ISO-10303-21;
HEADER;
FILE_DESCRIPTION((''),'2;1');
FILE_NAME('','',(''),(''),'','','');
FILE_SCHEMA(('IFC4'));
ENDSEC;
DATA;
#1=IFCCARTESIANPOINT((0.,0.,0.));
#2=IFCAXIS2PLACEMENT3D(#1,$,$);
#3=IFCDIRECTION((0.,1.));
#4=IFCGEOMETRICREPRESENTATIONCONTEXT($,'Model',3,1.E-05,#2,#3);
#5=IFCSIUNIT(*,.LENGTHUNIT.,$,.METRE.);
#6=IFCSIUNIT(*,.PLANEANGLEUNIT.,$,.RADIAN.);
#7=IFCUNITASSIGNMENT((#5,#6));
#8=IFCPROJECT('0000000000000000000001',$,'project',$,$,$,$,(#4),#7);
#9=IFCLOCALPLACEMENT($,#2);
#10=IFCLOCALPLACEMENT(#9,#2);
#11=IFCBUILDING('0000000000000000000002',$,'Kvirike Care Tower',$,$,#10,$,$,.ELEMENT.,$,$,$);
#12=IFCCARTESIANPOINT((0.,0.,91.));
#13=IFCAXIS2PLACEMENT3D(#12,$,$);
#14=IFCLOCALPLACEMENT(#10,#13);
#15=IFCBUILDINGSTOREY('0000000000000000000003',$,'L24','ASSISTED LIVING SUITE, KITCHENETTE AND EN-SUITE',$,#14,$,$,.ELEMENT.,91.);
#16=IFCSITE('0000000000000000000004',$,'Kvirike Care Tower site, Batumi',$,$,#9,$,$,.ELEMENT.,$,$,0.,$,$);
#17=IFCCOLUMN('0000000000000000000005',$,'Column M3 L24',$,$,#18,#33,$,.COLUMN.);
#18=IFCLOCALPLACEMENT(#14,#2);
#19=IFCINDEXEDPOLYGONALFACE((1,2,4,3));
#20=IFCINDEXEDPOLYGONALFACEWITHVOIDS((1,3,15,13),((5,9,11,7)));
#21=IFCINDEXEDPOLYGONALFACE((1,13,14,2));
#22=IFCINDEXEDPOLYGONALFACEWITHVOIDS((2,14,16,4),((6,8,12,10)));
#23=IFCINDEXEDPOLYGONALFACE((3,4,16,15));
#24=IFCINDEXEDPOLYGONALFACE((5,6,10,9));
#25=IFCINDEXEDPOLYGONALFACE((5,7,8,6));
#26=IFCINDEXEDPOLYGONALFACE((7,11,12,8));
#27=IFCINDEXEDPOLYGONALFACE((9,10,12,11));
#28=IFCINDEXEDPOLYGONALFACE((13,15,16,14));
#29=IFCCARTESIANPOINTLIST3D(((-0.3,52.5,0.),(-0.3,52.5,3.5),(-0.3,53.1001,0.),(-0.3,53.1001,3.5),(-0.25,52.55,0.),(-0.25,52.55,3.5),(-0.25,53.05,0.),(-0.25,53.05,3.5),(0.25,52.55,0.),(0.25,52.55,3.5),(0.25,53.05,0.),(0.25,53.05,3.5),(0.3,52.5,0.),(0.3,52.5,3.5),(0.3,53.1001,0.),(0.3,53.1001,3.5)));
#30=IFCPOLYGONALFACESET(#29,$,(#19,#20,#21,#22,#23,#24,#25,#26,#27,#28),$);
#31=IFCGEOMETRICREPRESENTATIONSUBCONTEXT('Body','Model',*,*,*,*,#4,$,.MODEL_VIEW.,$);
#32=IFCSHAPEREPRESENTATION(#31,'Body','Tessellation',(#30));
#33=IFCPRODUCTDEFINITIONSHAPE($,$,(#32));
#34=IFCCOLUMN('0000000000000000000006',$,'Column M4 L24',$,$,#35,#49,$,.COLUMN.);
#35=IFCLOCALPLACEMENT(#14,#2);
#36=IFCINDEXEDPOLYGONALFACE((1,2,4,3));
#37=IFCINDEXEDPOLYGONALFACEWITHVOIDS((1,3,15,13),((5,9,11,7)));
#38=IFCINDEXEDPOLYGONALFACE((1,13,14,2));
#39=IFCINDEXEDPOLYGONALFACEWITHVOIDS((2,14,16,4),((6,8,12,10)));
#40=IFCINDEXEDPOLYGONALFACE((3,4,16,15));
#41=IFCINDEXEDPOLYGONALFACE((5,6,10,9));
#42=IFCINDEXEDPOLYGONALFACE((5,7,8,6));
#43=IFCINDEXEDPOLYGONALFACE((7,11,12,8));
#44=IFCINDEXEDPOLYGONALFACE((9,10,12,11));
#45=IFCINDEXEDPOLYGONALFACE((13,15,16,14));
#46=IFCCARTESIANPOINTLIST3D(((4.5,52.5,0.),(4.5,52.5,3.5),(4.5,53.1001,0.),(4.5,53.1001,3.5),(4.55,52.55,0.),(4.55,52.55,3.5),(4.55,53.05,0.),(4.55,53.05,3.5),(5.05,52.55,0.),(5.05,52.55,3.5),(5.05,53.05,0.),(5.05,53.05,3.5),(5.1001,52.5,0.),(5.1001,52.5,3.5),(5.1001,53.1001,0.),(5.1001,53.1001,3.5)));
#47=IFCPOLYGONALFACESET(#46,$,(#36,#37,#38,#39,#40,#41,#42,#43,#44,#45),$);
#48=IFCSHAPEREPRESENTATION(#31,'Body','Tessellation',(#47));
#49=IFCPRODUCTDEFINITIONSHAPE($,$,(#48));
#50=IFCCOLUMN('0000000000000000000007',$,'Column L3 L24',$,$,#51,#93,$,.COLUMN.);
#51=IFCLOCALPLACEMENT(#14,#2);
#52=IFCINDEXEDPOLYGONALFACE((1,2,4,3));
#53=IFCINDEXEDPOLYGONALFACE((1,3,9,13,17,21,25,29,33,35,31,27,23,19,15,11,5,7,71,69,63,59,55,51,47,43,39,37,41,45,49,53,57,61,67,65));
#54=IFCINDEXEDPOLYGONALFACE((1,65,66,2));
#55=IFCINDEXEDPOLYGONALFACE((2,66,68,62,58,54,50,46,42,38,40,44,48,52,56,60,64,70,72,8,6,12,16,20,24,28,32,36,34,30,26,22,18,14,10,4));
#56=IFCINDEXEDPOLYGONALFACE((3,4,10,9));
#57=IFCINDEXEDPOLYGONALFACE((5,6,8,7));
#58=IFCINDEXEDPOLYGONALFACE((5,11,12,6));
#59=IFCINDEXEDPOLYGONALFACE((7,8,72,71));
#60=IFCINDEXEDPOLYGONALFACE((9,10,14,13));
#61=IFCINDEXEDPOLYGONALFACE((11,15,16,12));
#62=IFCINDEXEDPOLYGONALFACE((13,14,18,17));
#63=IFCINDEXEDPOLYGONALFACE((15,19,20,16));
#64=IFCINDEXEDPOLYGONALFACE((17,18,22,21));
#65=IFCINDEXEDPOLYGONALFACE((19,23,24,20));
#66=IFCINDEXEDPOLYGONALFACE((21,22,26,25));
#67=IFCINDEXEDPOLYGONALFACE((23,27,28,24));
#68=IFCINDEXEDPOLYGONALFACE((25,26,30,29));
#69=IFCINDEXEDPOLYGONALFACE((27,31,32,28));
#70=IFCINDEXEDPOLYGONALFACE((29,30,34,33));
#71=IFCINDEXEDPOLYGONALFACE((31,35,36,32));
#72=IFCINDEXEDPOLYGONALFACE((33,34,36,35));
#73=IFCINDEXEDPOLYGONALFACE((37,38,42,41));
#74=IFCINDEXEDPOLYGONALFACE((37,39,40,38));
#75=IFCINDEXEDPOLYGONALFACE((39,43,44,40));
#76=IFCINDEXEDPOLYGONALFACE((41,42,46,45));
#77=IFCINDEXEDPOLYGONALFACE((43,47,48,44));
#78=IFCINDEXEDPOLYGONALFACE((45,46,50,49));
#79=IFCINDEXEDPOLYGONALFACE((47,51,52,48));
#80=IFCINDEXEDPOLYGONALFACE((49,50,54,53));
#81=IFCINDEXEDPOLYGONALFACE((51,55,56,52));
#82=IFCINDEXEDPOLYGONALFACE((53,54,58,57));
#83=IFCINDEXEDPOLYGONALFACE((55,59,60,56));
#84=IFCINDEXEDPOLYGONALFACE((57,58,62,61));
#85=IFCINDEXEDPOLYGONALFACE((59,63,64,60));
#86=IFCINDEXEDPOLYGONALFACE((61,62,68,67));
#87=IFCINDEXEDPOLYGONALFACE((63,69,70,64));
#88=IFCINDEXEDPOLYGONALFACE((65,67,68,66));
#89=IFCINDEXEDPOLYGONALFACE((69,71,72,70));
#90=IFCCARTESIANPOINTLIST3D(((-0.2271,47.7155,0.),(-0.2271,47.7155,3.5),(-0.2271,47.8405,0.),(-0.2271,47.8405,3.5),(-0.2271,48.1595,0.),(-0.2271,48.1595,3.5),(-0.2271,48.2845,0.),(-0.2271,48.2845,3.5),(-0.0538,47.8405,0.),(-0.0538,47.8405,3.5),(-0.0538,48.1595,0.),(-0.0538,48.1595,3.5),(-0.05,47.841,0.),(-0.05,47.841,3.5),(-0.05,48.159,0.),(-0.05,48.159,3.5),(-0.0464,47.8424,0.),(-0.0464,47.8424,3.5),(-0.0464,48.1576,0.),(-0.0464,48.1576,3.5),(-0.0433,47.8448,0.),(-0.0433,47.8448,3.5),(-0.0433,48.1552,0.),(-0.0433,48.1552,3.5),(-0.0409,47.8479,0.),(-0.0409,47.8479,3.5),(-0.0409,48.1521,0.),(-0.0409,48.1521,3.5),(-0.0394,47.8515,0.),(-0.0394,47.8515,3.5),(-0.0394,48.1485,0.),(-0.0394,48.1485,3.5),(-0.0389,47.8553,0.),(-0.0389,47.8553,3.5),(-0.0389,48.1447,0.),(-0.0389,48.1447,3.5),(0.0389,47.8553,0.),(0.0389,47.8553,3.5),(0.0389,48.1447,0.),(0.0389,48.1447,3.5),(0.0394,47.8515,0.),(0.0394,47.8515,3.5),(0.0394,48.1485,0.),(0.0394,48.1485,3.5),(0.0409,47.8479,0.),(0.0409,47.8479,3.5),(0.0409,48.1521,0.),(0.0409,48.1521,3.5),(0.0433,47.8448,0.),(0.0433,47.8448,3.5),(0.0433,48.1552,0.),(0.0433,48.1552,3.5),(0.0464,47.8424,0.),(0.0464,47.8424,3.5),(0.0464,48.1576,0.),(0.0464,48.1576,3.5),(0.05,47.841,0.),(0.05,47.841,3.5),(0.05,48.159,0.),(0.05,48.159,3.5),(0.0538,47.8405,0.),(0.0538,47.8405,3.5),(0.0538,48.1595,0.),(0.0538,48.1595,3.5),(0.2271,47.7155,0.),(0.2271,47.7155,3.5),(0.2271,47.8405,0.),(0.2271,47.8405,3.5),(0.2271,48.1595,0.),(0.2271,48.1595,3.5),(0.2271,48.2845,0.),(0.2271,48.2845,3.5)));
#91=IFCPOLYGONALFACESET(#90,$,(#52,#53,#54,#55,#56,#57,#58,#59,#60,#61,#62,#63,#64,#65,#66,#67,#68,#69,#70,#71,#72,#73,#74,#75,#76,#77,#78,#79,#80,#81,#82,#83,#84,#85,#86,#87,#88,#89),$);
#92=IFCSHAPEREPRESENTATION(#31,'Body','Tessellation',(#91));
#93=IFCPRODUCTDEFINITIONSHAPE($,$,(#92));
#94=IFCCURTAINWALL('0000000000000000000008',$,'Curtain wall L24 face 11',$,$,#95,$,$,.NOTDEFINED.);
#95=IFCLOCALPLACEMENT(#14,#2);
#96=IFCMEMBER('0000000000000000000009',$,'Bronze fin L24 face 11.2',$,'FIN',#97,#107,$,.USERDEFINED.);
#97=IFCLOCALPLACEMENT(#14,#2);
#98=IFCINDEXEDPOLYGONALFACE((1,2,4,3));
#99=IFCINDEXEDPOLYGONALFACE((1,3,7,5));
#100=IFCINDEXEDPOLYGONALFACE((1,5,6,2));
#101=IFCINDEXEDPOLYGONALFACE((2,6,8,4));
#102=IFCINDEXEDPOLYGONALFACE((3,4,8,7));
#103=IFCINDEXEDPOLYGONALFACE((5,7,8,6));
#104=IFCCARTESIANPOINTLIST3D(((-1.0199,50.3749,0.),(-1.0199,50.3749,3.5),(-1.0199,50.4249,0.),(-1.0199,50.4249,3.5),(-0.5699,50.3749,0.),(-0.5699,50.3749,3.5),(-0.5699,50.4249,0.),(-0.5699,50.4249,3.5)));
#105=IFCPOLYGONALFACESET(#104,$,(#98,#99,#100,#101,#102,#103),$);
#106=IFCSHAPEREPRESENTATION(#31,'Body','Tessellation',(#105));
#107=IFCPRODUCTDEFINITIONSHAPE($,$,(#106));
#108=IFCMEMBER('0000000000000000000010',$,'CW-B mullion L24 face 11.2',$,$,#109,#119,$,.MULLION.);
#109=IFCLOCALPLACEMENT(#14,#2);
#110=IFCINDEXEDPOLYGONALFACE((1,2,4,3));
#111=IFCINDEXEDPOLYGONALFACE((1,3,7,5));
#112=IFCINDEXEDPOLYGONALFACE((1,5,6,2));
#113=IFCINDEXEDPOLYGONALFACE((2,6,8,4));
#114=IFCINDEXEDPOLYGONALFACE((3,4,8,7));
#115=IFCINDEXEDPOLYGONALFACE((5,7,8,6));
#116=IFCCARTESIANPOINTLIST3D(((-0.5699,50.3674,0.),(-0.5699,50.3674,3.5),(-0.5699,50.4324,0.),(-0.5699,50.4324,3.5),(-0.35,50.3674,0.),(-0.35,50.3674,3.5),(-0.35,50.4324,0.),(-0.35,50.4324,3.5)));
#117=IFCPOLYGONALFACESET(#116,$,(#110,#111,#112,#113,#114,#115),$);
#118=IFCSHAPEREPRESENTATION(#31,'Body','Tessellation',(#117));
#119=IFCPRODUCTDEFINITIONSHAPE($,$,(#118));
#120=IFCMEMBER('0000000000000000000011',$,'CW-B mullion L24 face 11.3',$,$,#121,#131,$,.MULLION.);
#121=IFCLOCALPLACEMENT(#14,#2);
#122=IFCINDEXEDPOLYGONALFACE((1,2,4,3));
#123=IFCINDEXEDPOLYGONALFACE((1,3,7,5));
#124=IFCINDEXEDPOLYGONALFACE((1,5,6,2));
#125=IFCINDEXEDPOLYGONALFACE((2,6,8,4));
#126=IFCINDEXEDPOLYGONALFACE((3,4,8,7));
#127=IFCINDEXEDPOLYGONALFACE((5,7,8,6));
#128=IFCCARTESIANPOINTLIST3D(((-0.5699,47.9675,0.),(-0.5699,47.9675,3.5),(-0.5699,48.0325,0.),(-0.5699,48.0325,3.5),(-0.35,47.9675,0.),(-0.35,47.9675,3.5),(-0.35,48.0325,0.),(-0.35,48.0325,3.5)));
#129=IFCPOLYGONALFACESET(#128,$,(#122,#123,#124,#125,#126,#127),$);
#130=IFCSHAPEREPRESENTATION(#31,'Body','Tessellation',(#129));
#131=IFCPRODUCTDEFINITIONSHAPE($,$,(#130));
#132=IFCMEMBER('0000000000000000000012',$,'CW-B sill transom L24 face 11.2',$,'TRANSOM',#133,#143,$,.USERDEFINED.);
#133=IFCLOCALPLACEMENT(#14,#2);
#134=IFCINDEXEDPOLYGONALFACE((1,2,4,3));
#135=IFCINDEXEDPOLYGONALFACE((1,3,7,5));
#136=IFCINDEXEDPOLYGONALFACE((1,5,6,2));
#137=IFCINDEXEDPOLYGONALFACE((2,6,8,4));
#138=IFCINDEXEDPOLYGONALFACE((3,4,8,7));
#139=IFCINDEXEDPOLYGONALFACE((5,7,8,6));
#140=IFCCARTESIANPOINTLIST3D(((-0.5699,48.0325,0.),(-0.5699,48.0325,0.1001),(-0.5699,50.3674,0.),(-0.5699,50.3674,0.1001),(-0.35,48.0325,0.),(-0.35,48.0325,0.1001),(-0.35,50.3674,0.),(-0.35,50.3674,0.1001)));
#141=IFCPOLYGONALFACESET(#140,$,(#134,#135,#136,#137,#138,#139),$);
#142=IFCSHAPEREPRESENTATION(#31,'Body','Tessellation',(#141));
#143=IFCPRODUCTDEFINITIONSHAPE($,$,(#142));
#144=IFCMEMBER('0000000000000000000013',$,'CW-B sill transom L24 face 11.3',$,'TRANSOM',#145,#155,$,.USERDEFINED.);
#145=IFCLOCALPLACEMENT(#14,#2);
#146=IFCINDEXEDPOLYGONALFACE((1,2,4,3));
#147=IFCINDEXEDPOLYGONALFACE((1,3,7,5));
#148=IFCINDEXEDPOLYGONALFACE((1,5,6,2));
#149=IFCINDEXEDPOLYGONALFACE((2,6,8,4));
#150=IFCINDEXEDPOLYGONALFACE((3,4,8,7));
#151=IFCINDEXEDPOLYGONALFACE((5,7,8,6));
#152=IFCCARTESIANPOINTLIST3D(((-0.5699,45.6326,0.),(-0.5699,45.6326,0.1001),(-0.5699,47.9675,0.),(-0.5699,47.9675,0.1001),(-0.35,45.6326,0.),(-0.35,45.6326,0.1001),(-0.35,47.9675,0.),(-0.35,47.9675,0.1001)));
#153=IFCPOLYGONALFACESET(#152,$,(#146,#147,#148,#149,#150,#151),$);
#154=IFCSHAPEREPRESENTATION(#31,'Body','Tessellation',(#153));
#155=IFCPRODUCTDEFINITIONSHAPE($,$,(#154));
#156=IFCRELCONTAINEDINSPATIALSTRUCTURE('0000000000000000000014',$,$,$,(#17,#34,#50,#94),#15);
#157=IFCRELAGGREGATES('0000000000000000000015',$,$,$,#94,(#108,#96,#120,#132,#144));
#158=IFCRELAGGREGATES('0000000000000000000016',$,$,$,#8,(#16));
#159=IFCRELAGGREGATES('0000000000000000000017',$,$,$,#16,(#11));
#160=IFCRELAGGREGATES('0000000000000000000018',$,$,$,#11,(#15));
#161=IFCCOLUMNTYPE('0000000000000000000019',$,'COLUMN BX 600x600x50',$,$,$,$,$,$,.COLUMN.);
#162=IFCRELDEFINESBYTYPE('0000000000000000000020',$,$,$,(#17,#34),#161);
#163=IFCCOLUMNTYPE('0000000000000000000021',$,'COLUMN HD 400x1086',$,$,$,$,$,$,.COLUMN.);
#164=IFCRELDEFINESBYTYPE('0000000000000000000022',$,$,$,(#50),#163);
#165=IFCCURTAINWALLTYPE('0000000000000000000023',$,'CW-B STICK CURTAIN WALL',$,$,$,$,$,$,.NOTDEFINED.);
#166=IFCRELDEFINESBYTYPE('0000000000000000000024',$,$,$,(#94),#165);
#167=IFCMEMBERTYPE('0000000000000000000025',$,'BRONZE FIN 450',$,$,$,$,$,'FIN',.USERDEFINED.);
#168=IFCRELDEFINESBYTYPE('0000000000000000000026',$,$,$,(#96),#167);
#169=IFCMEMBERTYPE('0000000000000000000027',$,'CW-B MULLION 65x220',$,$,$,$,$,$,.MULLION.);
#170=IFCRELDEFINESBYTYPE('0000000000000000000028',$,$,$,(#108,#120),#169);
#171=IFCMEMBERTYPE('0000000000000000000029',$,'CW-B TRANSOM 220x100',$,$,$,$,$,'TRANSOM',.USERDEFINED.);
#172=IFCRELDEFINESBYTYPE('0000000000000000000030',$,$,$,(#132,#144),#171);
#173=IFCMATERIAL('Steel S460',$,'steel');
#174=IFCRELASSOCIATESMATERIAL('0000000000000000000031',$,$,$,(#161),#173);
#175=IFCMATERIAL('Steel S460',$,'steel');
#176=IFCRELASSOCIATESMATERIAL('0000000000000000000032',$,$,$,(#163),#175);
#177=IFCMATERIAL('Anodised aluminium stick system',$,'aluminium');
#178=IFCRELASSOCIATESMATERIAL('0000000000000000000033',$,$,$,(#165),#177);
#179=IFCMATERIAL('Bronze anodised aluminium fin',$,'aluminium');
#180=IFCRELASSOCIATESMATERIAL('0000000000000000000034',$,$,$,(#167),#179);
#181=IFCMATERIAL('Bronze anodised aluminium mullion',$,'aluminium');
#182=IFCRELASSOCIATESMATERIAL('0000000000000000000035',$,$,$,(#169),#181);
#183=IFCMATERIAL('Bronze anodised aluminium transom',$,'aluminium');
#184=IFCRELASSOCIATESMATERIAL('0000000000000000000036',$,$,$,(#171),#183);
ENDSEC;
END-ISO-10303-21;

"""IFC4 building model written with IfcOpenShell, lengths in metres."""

from ifc_helpers import new_model, si_unit, direction, frame, origin, origin_2d, place, context, subcontext, project, spatial, rectangle, hollow_rectangle, i_section, extrude, material, material_profile, profile_set, type_object, element, aggregate, save


model = new_model("IFC4")

# Units and contexts
model_context = context("Model", 3, precision=1e-05, world=origin(), true_north=direction((0.0, 1.0)))
body_context = subcontext(model_context, "Body", "Model", "MODEL_VIEW")
ifc_project = project(units=[si_unit("LENGTHUNIT", "METRE"), si_unit("PLANEANGLEUNIT", "RADIAN")], contexts=[model_context])

# Site, building, storey
site_placement = place(None, origin())
site = spatial("IfcSite", under=ifc_project, at=site_placement, Name="Kvirike Care Tower site, Batumi", CompositionType="ELEMENT", RefElevation=0.0)
building_placement = place(site_placement, origin())
building = spatial("IfcBuilding", under=site, at=building_placement, Name="Kvirike Care Tower", CompositionType="ELEMENT")
storey_placement = place(building_placement, frame((0.0, 0.0, 91.0)))
storey = spatial("IfcBuildingStorey", under=building, at=storey_placement, Name="L24", Description="ASSISTED LIVING SUITE, KITCHENETTE AND EN-SUITE", CompositionType="ELEMENT", Elevation=91.0)

# Columns
ifc_material_1 = material(Name="Steel S460", Category="steel")
ifc_material_profile_1 = material_profile(ifc_material_1, hollow_rectangle(XDim=0.6001, YDim=0.6001, WallThickness=0.05, at=origin_2d()), Name="BX 600x600x50")
ifc_profile_set_1 = profile_set([ifc_material_profile_1], Name="Steel S460")
column_type_1 = type_object("IfcColumnType", Name="COLUMN BX 600x600x50", PredefinedType="COLUMN", material=ifc_profile_set_1)
for number, where, z_axis, x_axis, name in (
    (1, (0.0, 52.8, 0.0), (0.0, 0.0, 1.0), (0.0, 1.0, 0.0), "Column M3 L24"),
    (2, (4.8, 52.8, 0.0), (0.0, 0.0, 1.0), (0.0, 1.0, 0.0), "Column M4 L24"),
):
    element("IfcColumn", number, at=place(storey_placement, frame(where, z_axis=z_axis, x_axis=x_axis)), inside=storey, type_object=column_type_1, Name=name, PredefinedType="COLUMN", context=body_context, shape_type="SweptSolid", body=[
        extrude(hollow_rectangle(XDim=0.6001, YDim=0.6001, WallThickness=0.05, at=origin_2d()), origin(), (0.0, 0.0, 1.0), 3.5),
    ])
ifc_material_2 = material(Name="Steel S460", Category="steel")
ifc_material_profile_2 = material_profile(ifc_material_2, i_section(OverallWidth=0.4541, OverallDepth=0.5691, WebThickness=0.0779, FlangeThickness=0.125, FilletRadius=0.0149, at=origin_2d()), Name="HD 400x1086")
ifc_profile_set_2 = profile_set([ifc_material_profile_2], Name="Steel S460")
column_type_2 = type_object("IfcColumnType", Name="COLUMN HD 400x1086", PredefinedType="COLUMN", material=ifc_profile_set_2)
column_placement = place(storey_placement, frame((0.0, 48.0, 0.0), z_axis=(0.0, 0.0, 1.0), x_axis=(1.0, 0.0, 0.0)))
element("IfcColumn", 3, at=column_placement, inside=storey, type_object=column_type_2, Name="Column L3 L24", PredefinedType="COLUMN", context=body_context, shape_type="SweptSolid", body=[
    extrude(i_section(OverallWidth=0.4541, OverallDepth=0.5691, WebThickness=0.0779, FlangeThickness=0.125, FilletRadius=0.0149, at=origin_2d()), origin(), (0.0, 0.0, 1.0), 3.5),
])

# Curtain wall, members
ifc_material_3 = material(Name="Anodised aluminium stick system", Category="aluminium")
curtain_wall_type = type_object("IfcCurtainWallType", Name="CW-B STICK CURTAIN WALL", PredefinedType="NOTDEFINED", material=ifc_material_3)
curtain_wall_placement = place(storey_placement, origin())
curtain_wall = element("IfcCurtainWall", 4, at=curtain_wall_placement, inside=storey, type_object=curtain_wall_type, Name="Curtain wall L24 face 11", PredefinedType="NOTDEFINED")
ifc_material_4 = material(Name="Bronze anodised aluminium fin", Category="aluminium")
ifc_material_profile_3 = material_profile(ifc_material_4, rectangle(XDim=0.05, YDim=0.45, at=origin_2d()), Name="BRONZE FIN 450")
ifc_profile_set_3 = profile_set([ifc_material_profile_3], Name="Bronze anodised aluminium fin")
member_type_1 = type_object("IfcMemberType", Name="BRONZE FIN 450", ElementType="FIN", PredefinedType="USERDEFINED", material=ifc_profile_set_3)
member_1_placement = place(storey_placement, frame((-0.7949, 50.3999, 0.0), z_axis=(0.0, 0.0, 1.0), x_axis=(0.0, -1.0, 0.0)))
member_1 = element("IfcMember", 5, at=member_1_placement, type_object=member_type_1, Name="Bronze fin L24 face 11.2", ObjectType="FIN", PredefinedType="USERDEFINED", context=body_context, shape_type="SweptSolid", body=[
    extrude(rectangle(XDim=0.05, YDim=0.45, at=origin_2d()), origin(), (0.0, 0.0, 1.0), 3.5),
])
ifc_material_5 = material(Name="Bronze anodised aluminium mullion", Category="aluminium")
ifc_material_profile_4 = material_profile(ifc_material_5, rectangle(XDim=0.0649, YDim=0.22, at=origin_2d()), Name="CW-B MULLION 65x220")
ifc_profile_set_4 = profile_set([ifc_material_profile_4], Name="Bronze anodised aluminium mullion")
member_type_2 = type_object("IfcMemberType", Name="CW-B MULLION 65x220", PredefinedType="MULLION", material=ifc_profile_set_4)
member_2_placement = place(storey_placement, frame((-0.46, 50.3999, 0.0), z_axis=(0.0, 0.0, 1.0), x_axis=(0.0, -1.0, 0.0)))
member_2 = element("IfcMember", 6, at=member_2_placement, type_object=member_type_2, Name="CW-B mullion L24 face 11.2", PredefinedType="MULLION", context=body_context, shape_type="SweptSolid", body=[
    extrude(rectangle(XDim=0.0649, YDim=0.22, at=origin_2d()), origin(), (0.0, 0.0, 1.0), 3.5),
])
member_3_placement = place(storey_placement, frame((-0.46, 48.0, 0.0), z_axis=(0.0, 0.0, 1.0), x_axis=(0.0, -1.0, 0.0)))
member_3 = element("IfcMember", 7, at=member_3_placement, type_object=member_type_2, Name="CW-B mullion L24 face 11.3", PredefinedType="MULLION", context=body_context, shape_type="SweptSolid", body=[
    extrude(rectangle(XDim=0.0649, YDim=0.22, at=origin_2d()), origin(), (0.0, 0.0, 1.0), 3.5),
])
ifc_material_6 = material(Name="Bronze anodised aluminium transom", Category="aluminium")
ifc_material_profile_5 = material_profile(ifc_material_6, rectangle(XDim=0.22, YDim=0.1001, at=origin_2d()), Name="CW-B TRANSOM 220x100")
ifc_profile_set_5 = profile_set([ifc_material_profile_5], Name="Bronze anodised aluminium transom")
member_type_3 = type_object("IfcMemberType", Name="CW-B TRANSOM 220x100", ElementType="TRANSOM", PredefinedType="USERDEFINED", material=ifc_profile_set_5)
member_4_placement = place(storey_placement, frame((-0.46, 50.3674, 0.05), z_axis=(0.0, -1.0, 0.0), x_axis=(1.0, 0.0, 0.0)))
member_4 = element("IfcMember", 8, at=member_4_placement, type_object=member_type_3, Name="CW-B sill transom L24 face 11.2", ObjectType="TRANSOM", PredefinedType="USERDEFINED", context=body_context, shape_type="SweptSolid", body=[
    extrude(rectangle(XDim=0.22, YDim=0.1001, at=origin_2d()), origin(), (0.0, 0.0, 1.0), 2.335),
])
member_5_placement = place(storey_placement, frame((-0.46, 47.9675, 0.05), z_axis=(0.0, -1.0, 0.0), x_axis=(1.0, 0.0, 0.0)))
member_5 = element("IfcMember", 9, at=member_5_placement, type_object=member_type_3, Name="CW-B sill transom L24 face 11.3", ObjectType="TRANSOM", PredefinedType="USERDEFINED", context=body_context, shape_type="SweptSolid", body=[
    extrude(rectangle(XDim=0.22, YDim=0.1001, at=origin_2d()), origin(), (0.0, 0.0, 1.0), 2.335),
])

aggregate(curtain_wall, [member_2, member_1, member_3, member_4, member_5])

save(model, "model.ifc")
